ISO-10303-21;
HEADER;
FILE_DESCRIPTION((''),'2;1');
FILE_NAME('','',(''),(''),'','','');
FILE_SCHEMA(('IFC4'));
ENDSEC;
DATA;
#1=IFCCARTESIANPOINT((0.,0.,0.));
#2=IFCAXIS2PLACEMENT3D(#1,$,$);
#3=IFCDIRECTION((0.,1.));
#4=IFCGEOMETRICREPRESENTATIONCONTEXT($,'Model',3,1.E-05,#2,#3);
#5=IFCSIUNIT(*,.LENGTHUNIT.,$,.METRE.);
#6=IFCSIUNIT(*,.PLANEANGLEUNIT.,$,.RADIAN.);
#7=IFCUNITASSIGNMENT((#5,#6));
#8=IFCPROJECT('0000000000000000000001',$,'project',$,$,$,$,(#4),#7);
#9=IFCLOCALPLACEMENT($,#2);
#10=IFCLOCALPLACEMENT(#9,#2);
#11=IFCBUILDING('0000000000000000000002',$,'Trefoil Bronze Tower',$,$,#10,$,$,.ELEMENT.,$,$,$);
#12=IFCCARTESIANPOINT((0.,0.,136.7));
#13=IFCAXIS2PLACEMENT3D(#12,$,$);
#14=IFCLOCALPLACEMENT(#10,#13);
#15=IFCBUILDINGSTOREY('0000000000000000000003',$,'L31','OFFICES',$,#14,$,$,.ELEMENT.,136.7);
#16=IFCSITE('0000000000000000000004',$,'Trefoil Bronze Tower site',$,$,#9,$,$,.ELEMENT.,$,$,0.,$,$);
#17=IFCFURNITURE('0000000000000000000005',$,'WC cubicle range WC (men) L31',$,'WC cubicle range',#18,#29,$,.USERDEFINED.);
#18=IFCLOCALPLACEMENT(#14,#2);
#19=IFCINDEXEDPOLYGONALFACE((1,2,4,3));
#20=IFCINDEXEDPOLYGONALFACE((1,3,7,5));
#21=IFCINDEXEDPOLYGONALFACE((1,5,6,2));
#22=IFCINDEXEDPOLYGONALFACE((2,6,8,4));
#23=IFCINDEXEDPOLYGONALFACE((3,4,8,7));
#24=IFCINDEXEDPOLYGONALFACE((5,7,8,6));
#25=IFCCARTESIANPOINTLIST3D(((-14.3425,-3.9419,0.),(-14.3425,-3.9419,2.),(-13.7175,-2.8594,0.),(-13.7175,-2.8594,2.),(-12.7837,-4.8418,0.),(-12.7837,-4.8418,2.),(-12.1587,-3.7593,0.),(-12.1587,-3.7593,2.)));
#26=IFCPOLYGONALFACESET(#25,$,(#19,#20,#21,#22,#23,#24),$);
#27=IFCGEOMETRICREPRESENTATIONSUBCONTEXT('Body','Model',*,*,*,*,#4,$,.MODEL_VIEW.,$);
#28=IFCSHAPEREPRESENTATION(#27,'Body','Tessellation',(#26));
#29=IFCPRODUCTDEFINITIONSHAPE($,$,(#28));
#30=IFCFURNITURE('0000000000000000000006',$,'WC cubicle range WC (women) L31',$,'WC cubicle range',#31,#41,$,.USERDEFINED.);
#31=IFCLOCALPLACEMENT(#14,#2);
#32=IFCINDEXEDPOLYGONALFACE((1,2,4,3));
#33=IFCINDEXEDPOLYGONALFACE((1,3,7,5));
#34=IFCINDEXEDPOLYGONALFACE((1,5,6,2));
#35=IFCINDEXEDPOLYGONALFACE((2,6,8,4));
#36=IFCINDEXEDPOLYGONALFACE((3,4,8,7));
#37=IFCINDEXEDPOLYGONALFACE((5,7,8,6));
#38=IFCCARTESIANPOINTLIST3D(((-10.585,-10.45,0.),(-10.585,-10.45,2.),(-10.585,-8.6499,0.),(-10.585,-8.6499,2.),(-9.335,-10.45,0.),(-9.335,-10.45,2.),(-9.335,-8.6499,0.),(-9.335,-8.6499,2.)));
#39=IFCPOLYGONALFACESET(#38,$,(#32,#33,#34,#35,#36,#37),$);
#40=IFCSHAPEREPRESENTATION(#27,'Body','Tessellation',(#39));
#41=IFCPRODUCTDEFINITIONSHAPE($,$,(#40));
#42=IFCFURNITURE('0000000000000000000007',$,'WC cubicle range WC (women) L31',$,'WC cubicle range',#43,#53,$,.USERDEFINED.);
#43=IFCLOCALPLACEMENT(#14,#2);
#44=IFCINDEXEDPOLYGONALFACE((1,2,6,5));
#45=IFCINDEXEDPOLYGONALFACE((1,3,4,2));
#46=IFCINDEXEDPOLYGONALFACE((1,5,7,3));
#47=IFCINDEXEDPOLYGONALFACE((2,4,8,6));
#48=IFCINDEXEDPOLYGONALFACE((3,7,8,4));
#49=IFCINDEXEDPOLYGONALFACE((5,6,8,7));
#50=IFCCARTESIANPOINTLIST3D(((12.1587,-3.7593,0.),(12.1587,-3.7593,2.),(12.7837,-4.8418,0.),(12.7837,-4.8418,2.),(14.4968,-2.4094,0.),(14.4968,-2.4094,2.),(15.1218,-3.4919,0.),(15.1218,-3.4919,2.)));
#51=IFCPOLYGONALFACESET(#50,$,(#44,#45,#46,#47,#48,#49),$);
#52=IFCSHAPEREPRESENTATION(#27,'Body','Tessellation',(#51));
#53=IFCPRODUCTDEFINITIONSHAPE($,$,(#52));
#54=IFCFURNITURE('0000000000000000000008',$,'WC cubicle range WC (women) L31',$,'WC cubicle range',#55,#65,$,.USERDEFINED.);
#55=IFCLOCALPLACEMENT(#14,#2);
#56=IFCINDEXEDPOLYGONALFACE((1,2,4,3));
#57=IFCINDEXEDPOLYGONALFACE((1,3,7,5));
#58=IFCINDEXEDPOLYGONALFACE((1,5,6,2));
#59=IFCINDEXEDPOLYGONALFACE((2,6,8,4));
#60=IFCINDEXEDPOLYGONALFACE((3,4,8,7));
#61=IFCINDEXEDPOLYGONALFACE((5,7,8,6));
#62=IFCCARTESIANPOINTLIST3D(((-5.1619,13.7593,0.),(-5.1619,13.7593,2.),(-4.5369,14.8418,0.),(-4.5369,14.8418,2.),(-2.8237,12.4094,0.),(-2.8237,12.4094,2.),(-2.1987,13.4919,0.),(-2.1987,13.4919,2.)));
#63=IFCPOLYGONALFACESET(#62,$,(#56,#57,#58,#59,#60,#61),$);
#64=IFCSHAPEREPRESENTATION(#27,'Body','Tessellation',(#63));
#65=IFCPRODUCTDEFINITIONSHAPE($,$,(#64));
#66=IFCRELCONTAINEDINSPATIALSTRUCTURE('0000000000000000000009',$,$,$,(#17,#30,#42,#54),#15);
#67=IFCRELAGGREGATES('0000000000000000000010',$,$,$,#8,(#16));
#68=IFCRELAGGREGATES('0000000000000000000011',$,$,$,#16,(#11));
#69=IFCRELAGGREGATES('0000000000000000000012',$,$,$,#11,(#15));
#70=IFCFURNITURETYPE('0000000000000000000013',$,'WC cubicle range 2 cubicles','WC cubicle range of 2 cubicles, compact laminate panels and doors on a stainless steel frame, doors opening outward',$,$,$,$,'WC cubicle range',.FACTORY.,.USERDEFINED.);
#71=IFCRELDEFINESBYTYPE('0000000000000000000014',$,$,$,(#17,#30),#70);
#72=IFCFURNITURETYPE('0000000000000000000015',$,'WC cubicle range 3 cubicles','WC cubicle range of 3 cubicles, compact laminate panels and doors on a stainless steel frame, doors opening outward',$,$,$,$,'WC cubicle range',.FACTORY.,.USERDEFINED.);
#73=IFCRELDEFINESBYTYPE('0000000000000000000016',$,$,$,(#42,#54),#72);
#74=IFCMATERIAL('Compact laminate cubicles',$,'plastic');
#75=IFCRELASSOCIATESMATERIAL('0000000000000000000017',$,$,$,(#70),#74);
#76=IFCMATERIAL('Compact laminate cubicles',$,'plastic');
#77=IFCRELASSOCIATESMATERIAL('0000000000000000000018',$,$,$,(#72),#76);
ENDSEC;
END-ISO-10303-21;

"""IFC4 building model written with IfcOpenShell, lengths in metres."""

from ifc_helpers import new_model, si_unit, direction, frame, origin, place, context, subcontext, project, spatial, polyline, outline, extrude, material, type_object, element, save


model = new_model("IFC4")

# Units and contexts
model_context = context("Model", 3, precision=1e-05, world=origin(), true_north=direction((0.0, 1.0)))
body_context = subcontext(model_context, "Body", "Model", "MODEL_VIEW")
ifc_project = project(units=[si_unit("LENGTHUNIT", "METRE"), si_unit("PLANEANGLEUNIT", "RADIAN")], contexts=[model_context])

# Site, building, storey
site_placement = place(None, origin())
site = spatial("IfcSite", under=ifc_project, at=site_placement, Name="Trefoil Bronze Tower site", CompositionType="ELEMENT", RefElevation=0.0)
building_placement = place(site_placement, origin())
building = spatial("IfcBuilding", under=site, at=building_placement, Name="Trefoil Bronze Tower", CompositionType="ELEMENT")
storey_placement = place(building_placement, frame((0.0, 0.0, 136.7)))
storey = spatial("IfcBuildingStorey", under=building, at=storey_placement, Name="L31", Description="OFFICES", CompositionType="ELEMENT", Elevation=136.7)

# Furniture
ifc_material_1 = material(Name="Compact laminate cubicles", Category="plastic")
furniture_type_1 = type_object("IfcFurnitureType", Name="WC cubicle range 2 cubicles", Description="WC cubicle range of 2 cubicles, compact laminate panels and doors on a stainless steel frame, doors opening outward", ElementType="WC cubicle range", AssemblyPlace="FACTORY", PredefinedType="USERDEFINED", material=ifc_material_1)
furniture_1_placement = place(storey_placement, origin())
element("IfcFurniture", 1, at=furniture_1_placement, inside=storey, type_object=furniture_type_1, Name="WC cubicle range WC (men) L31", ObjectType="WC cubicle range", PredefinedType="USERDEFINED", context=body_context, shape_type="SweptSolid", body=[
    extrude(outline(polyline([(-12.1587, -3.7593), (-12.7837, -4.8418), (-14.3425, -3.9419), (-13.7175, -2.8594), (-12.1587, -3.7593)])), origin(), (0.0, 0.0, 1.0), 2.0),
])
furniture_2_placement = place(storey_placement, origin())
element("IfcFurniture", 2, at=furniture_2_placement, inside=storey, type_object=furniture_type_1, Name="WC cubicle range WC (women) L31", ObjectType="WC cubicle range", PredefinedType="USERDEFINED", context=body_context, shape_type="SweptSolid", body=[
    extrude(outline(polyline([(-9.335, -8.6499), (-10.585, -8.6499), (-10.585, -10.45), (-9.335, -10.45), (-9.335, -8.6499)])), origin(), (0.0, 0.0, 1.0), 2.0),
])
ifc_material_2 = material(Name="Compact laminate cubicles", Category="plastic")
furniture_type_2 = type_object("IfcFurnitureType", Name="WC cubicle range 3 cubicles", Description="WC cubicle range of 3 cubicles, compact laminate panels and doors on a stainless steel frame, doors opening outward", ElementType="WC cubicle range", AssemblyPlace="FACTORY", PredefinedType="USERDEFINED", material=ifc_material_2)
furniture_3_placement = place(storey_placement, origin())
element("IfcFurniture", 3, at=furniture_3_placement, inside=storey, type_object=furniture_type_2, Name="WC cubicle range WC (women) L31", ObjectType="WC cubicle range", PredefinedType="USERDEFINED", context=body_context, shape_type="SweptSolid", body=[
    extrude(outline(polyline([(12.1587, -3.7593), (12.7837, -4.8418), (15.1218, -3.4919), (14.4968, -2.4094), (12.1587, -3.7593)])), origin(), (0.0, 0.0, 1.0), 2.0),
])
furniture_4_placement = place(storey_placement, origin())
element("IfcFurniture", 4, at=furniture_4_placement, inside=storey, type_object=furniture_type_2, Name="WC cubicle range WC (women) L31", ObjectType="WC cubicle range", PredefinedType="USERDEFINED", context=body_context, shape_type="SweptSolid", body=[
    extrude(outline(polyline([(-2.8237, 12.4094), (-2.1987, 13.4919), (-4.5369, 14.8418), (-5.1619, 13.7593), (-2.8237, 12.4094)])), origin(), (0.0, 0.0, 1.0), 2.0),
])

save(model, "model.ifc")
